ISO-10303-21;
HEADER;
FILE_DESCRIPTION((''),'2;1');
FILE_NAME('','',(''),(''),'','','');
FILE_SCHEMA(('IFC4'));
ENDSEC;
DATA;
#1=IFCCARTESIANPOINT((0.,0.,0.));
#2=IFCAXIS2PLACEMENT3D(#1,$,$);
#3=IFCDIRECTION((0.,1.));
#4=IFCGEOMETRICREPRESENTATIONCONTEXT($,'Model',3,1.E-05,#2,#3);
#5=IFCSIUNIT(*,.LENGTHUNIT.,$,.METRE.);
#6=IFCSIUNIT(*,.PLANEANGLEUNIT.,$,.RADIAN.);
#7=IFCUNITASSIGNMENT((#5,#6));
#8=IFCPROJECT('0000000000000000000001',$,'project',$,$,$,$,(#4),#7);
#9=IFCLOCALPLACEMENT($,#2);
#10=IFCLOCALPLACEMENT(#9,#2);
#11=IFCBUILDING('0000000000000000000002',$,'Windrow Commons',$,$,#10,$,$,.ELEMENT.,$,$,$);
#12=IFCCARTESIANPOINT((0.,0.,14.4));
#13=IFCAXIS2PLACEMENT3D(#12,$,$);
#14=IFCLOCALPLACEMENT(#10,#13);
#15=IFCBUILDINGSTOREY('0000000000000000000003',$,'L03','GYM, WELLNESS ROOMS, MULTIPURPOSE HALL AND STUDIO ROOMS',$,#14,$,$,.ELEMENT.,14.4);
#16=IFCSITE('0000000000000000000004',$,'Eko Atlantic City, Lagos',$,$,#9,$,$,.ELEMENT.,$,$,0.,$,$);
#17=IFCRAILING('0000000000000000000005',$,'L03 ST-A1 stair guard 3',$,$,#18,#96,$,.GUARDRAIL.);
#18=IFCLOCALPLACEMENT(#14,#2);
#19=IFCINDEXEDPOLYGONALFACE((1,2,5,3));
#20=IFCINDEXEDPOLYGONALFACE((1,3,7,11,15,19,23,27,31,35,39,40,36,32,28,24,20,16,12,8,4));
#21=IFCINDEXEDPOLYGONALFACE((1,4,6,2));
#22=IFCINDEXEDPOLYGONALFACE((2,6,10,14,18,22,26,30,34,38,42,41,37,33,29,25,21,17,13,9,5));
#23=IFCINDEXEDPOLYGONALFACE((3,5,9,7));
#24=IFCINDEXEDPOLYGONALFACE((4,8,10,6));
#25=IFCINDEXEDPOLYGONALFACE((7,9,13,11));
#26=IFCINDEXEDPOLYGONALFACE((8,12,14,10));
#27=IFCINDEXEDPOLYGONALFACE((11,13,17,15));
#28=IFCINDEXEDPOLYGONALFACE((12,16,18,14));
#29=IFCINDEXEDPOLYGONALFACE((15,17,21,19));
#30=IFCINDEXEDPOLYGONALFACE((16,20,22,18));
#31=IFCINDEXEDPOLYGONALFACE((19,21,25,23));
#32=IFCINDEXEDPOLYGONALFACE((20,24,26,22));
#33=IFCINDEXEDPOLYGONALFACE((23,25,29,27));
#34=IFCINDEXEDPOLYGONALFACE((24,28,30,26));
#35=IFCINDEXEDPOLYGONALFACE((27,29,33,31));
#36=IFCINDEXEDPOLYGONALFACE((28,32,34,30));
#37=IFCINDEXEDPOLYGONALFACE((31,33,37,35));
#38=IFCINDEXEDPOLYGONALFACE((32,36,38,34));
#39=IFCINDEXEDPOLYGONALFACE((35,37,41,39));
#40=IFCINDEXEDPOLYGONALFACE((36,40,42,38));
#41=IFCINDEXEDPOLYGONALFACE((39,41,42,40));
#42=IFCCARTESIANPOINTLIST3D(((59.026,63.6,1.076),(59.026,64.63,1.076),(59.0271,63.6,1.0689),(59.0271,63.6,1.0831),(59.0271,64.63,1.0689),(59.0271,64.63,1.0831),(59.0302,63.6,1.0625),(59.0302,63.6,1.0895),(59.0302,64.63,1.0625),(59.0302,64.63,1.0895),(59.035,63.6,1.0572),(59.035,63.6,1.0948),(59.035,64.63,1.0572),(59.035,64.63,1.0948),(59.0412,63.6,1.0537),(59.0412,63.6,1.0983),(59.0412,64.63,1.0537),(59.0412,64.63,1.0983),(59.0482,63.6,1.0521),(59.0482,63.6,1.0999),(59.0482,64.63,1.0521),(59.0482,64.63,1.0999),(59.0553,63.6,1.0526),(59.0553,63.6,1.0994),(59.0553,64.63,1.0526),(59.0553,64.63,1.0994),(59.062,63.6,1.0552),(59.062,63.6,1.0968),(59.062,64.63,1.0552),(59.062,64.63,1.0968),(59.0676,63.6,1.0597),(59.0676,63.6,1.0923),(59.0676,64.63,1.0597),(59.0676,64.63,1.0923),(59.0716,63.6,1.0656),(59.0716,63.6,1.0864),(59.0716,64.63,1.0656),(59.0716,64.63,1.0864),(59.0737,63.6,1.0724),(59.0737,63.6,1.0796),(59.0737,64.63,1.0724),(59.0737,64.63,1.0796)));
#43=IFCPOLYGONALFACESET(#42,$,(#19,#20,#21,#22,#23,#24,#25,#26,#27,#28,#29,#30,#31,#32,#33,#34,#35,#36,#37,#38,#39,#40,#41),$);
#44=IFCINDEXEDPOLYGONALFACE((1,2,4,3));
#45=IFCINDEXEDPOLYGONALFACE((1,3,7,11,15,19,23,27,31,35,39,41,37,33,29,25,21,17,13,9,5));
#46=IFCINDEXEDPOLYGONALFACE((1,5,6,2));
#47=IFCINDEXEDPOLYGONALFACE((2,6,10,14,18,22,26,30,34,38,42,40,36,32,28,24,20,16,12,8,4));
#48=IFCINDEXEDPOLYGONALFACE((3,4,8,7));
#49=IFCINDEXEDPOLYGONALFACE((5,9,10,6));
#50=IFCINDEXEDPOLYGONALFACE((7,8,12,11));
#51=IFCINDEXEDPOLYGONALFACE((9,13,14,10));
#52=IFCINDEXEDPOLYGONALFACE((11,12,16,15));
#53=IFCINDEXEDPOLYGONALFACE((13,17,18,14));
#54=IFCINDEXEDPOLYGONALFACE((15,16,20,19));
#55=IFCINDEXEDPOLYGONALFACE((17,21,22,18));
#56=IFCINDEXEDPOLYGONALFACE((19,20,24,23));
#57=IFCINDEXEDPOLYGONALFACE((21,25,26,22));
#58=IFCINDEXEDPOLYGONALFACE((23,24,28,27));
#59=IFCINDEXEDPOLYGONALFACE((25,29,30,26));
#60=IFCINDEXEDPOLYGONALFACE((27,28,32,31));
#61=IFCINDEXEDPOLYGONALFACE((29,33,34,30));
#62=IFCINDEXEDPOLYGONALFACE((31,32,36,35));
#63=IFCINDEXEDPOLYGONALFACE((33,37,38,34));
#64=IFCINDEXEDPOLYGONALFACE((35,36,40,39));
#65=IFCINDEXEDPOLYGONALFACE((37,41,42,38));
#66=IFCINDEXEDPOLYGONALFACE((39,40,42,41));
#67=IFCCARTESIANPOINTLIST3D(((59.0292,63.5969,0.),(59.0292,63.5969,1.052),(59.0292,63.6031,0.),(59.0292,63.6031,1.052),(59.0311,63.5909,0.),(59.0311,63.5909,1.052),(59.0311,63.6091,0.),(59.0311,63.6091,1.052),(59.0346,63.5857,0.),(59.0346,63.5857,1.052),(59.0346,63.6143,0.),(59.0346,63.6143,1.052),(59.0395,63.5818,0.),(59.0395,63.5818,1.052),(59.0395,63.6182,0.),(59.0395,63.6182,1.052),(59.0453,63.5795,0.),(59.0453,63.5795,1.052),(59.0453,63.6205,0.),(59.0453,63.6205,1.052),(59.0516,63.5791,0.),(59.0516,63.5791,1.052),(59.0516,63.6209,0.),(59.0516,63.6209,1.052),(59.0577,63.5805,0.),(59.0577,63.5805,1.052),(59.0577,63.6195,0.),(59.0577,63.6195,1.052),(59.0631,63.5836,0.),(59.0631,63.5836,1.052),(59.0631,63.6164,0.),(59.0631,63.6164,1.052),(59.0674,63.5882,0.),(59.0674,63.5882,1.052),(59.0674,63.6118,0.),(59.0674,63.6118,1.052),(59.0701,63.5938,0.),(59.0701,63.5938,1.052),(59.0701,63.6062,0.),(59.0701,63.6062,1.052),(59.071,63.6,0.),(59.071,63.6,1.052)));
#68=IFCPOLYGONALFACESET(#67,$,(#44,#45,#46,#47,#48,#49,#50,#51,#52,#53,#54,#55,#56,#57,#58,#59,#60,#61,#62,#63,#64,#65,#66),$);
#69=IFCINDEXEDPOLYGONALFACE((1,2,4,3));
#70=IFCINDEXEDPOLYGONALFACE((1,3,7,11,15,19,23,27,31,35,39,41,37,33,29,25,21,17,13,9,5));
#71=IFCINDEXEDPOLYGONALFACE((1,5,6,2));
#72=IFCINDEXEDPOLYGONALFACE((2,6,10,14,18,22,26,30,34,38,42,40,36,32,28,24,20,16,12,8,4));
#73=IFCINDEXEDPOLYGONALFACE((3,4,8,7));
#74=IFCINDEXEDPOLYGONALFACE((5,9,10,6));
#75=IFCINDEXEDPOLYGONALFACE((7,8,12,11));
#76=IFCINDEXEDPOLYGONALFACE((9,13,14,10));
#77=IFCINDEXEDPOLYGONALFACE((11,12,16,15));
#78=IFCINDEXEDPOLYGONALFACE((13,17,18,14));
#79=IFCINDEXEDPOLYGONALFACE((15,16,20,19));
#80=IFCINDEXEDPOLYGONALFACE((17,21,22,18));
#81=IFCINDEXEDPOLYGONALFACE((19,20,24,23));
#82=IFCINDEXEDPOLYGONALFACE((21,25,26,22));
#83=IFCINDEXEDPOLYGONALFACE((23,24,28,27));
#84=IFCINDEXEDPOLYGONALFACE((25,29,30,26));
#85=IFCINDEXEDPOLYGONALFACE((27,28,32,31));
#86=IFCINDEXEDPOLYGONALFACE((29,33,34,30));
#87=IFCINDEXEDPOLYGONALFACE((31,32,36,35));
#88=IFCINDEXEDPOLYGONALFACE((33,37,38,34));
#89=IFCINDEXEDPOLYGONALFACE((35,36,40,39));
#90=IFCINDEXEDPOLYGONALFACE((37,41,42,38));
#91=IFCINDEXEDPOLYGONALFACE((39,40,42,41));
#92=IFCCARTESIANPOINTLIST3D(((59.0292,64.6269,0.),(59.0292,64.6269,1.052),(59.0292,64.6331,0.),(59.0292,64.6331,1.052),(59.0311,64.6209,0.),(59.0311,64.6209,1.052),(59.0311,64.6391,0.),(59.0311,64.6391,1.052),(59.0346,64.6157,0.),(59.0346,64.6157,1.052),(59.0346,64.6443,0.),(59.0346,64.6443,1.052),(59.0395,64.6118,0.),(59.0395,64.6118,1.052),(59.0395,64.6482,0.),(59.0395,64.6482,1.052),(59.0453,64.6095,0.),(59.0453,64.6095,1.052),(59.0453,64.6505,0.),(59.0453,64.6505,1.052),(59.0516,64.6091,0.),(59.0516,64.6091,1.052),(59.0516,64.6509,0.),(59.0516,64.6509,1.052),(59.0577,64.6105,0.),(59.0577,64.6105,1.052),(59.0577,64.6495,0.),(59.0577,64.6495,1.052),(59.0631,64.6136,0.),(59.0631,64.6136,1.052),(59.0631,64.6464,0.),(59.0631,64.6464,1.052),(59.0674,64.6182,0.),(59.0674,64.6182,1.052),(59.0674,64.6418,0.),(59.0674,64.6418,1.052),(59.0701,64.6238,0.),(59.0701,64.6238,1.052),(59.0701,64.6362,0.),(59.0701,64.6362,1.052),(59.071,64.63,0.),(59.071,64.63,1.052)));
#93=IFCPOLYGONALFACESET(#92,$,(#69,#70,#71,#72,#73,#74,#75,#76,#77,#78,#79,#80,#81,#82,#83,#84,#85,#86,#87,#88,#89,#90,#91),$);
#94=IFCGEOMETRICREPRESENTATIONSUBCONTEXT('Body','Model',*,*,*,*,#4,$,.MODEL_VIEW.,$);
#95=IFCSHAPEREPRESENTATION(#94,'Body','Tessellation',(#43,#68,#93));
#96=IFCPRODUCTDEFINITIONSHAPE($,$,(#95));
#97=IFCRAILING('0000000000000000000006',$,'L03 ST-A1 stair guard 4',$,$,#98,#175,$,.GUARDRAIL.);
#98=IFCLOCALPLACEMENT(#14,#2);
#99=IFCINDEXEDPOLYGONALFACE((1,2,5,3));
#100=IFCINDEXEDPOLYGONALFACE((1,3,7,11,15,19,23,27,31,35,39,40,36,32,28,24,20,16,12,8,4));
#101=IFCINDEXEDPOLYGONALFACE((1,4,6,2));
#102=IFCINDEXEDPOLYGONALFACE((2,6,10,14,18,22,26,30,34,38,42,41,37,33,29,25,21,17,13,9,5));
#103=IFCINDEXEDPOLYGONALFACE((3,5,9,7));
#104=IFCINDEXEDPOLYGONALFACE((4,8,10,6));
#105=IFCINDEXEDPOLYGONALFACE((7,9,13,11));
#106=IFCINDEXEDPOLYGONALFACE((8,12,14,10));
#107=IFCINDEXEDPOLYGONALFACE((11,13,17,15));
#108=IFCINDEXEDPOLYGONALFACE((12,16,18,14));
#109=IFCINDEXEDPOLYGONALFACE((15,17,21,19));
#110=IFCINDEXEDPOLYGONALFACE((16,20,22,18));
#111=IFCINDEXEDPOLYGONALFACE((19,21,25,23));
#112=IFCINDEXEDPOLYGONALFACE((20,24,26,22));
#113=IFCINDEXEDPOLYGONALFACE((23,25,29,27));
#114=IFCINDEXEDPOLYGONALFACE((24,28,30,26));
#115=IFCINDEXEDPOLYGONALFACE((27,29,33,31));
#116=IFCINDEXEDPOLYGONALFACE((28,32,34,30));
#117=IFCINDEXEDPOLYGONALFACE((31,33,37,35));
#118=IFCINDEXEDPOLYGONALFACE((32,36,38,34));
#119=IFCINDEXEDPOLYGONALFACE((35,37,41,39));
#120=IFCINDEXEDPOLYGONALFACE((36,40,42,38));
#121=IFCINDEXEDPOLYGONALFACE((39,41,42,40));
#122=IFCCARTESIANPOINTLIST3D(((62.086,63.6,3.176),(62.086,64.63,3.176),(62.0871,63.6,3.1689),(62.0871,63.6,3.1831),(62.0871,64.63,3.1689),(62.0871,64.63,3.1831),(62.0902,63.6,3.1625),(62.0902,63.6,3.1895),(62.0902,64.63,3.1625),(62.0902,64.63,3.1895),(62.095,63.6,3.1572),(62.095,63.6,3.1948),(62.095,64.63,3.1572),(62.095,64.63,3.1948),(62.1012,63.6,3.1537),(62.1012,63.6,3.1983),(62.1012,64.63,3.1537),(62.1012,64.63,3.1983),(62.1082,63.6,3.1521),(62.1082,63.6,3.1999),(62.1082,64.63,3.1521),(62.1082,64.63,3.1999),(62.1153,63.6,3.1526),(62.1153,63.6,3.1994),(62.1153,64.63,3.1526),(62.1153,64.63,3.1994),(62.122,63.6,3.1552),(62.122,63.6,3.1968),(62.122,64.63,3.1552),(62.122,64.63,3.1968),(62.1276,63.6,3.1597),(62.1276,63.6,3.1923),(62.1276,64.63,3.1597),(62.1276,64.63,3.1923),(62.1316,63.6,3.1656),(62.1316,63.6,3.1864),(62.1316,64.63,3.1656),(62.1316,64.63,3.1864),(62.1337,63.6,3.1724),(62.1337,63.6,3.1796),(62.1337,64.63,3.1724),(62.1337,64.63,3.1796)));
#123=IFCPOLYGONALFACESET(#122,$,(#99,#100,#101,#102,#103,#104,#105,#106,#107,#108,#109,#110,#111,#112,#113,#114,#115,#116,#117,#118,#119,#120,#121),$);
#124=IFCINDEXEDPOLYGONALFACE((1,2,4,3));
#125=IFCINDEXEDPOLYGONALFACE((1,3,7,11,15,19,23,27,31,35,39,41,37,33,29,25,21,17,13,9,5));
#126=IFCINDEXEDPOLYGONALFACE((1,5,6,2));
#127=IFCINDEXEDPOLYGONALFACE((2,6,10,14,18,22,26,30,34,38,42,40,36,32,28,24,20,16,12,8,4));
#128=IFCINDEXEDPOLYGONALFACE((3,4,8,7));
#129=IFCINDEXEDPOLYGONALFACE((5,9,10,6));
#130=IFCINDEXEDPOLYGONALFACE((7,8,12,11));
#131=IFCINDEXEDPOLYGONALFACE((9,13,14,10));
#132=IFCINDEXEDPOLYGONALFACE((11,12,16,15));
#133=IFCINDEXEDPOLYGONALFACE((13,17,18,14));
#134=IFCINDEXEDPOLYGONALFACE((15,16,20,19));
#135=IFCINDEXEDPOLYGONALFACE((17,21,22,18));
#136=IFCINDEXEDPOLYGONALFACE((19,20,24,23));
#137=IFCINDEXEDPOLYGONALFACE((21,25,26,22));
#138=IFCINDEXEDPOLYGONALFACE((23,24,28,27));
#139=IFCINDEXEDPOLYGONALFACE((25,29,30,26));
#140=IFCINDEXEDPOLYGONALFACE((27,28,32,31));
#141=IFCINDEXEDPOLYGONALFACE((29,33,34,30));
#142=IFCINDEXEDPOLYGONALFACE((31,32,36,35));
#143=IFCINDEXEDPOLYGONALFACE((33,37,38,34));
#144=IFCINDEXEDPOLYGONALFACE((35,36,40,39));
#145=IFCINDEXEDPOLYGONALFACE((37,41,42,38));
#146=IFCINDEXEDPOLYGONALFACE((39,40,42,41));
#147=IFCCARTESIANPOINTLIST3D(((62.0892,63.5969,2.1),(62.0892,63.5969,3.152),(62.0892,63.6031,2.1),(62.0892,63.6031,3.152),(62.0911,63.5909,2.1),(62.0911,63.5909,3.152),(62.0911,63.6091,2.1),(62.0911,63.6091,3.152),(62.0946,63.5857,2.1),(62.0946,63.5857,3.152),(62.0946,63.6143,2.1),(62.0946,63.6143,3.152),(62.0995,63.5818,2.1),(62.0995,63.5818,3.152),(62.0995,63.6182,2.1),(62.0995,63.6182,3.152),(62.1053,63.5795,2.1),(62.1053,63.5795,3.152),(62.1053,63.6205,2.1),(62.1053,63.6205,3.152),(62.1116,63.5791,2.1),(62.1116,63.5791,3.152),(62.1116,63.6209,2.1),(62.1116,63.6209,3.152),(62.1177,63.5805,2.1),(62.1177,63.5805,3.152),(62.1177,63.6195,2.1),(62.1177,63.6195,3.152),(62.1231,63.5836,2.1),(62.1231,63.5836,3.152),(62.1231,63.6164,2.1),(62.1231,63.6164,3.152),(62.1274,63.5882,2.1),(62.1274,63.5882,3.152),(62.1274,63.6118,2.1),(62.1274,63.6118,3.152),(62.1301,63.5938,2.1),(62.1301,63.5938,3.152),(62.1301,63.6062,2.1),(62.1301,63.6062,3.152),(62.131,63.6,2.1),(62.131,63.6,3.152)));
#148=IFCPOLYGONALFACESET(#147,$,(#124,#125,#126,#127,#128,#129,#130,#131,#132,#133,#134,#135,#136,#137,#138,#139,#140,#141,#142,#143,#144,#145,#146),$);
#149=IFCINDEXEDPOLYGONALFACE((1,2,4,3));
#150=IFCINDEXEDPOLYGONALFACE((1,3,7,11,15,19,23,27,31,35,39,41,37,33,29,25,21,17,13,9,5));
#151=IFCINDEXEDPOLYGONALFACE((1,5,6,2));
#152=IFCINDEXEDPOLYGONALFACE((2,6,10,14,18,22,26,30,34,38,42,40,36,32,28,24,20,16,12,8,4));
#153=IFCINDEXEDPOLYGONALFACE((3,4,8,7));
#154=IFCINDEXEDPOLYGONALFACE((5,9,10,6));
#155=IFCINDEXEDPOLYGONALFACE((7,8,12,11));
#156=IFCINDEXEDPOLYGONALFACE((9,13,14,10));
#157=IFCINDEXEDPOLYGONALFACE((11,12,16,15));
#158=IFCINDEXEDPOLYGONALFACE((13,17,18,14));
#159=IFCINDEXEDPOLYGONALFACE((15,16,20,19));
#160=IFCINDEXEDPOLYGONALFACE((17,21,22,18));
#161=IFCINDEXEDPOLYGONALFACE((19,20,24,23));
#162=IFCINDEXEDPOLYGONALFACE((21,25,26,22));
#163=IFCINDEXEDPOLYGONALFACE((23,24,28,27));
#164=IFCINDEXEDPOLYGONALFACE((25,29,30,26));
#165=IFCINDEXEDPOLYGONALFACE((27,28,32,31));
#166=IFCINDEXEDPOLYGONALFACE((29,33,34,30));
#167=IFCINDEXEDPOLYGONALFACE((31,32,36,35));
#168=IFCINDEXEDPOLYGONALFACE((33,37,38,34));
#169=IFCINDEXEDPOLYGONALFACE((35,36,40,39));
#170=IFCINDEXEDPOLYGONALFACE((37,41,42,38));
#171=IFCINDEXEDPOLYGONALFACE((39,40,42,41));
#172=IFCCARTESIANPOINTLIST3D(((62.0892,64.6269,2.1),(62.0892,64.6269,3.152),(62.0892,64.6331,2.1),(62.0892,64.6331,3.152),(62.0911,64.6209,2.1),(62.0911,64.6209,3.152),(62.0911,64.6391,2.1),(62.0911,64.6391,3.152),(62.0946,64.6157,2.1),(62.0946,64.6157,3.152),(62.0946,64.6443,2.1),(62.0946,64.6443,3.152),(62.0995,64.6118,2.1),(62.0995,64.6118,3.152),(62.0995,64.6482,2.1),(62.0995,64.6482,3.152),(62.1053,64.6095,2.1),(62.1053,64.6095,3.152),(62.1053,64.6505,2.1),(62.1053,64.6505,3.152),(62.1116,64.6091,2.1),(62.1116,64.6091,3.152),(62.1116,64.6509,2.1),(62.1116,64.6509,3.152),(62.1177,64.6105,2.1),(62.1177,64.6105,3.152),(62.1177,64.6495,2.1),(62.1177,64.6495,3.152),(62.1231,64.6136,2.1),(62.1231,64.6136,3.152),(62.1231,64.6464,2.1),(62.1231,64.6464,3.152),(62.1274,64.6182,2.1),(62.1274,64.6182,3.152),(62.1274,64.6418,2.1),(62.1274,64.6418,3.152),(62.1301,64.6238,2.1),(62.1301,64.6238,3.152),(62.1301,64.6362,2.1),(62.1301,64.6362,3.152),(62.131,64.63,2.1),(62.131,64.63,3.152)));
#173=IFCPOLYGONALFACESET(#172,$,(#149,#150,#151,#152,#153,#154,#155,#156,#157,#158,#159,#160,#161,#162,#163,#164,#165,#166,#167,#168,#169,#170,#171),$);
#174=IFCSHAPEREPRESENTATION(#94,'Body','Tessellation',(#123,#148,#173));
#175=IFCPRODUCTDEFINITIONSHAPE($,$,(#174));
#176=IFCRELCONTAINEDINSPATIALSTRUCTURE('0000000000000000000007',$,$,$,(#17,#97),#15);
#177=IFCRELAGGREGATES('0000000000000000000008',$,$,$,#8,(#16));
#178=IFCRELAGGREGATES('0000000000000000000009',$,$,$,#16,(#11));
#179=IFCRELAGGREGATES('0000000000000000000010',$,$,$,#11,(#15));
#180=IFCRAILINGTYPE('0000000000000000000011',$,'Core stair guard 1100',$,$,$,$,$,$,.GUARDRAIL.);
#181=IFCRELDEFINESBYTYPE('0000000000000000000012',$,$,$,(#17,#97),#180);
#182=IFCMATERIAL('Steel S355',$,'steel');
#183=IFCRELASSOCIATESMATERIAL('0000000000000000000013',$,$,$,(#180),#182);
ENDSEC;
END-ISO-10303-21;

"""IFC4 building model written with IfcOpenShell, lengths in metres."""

from ifc_helpers import new_model, si_unit, direction, frame, origin, origin_2d, place, context, subcontext, project, spatial, circle, extrude, material, type_object, element, save


model = new_model("IFC4")

# Units and contexts
model_context = context("Model", 3, precision=1e-05, world=origin(), true_north=direction((0.0, 1.0)))
body_context = subcontext(model_context, "Body", "Model", "MODEL_VIEW")
ifc_project = project(units=[si_unit("LENGTHUNIT", "METRE"), si_unit("PLANEANGLEUNIT", "RADIAN")], contexts=[model_context])

# Site, building, storey
site_placement = place(None, origin())
site = spatial("IfcSite", under=ifc_project, at=site_placement, Name="Eko Atlantic City, Lagos", CompositionType="ELEMENT", RefElevation=0.0)
building_placement = place(site_placement, origin())
building = spatial("IfcBuilding", under=site, at=building_placement, Name="Windrow Commons", CompositionType="ELEMENT")
storey_placement = place(building_placement, frame((0.0, 0.0, 14.4)))
storey = spatial("IfcBuildingStorey", under=building, at=storey_placement, Name="L03", Description="GYM, WELLNESS ROOMS, MULTIPURPOSE HALL AND STUDIO ROOMS", CompositionType="ELEMENT", Elevation=14.4)

# Railings
ifc_material_1 = material(Name="Steel S355", Category="steel")
railing_type_1 = type_object("IfcRailingType", Name="Core stair guard 1100", PredefinedType="GUARDRAIL", material=ifc_material_1)
for number, where, name in (
    (1, (59.05, 63.6, 0.0), "L03 ST-A1 stair guard 3"),
    (2, (62.11, 63.6, 2.1), "L03 ST-A1 stair guard 4"),
):
    element("IfcRailing", number, at=place(storey_placement, frame(where)), inside=storey, type_object=railing_type_1, Name=name, PredefinedType="GUARDRAIL", context=body_context, shape_type="SweptSolid", body=[
        extrude(circle(Radius=0.024, at=origin_2d()), frame((0.0, 0.0, 1.076), z_axis=(0.0, 1.0, 0.0), x_axis=(-1.0, 0.0, 0.0)), (0.0, 0.0, 1.0), 1.03),
        extrude(circle(Radius=0.021, at=origin_2d()), origin(), (0.0, 0.0, 1.0), 1.052),
        extrude(circle(Radius=0.021, at=origin_2d()), frame((0.0, 1.03, 0.0)), (0.0, 0.0, 1.0), 1.052),
    ])

save(model, "model.ifc")
